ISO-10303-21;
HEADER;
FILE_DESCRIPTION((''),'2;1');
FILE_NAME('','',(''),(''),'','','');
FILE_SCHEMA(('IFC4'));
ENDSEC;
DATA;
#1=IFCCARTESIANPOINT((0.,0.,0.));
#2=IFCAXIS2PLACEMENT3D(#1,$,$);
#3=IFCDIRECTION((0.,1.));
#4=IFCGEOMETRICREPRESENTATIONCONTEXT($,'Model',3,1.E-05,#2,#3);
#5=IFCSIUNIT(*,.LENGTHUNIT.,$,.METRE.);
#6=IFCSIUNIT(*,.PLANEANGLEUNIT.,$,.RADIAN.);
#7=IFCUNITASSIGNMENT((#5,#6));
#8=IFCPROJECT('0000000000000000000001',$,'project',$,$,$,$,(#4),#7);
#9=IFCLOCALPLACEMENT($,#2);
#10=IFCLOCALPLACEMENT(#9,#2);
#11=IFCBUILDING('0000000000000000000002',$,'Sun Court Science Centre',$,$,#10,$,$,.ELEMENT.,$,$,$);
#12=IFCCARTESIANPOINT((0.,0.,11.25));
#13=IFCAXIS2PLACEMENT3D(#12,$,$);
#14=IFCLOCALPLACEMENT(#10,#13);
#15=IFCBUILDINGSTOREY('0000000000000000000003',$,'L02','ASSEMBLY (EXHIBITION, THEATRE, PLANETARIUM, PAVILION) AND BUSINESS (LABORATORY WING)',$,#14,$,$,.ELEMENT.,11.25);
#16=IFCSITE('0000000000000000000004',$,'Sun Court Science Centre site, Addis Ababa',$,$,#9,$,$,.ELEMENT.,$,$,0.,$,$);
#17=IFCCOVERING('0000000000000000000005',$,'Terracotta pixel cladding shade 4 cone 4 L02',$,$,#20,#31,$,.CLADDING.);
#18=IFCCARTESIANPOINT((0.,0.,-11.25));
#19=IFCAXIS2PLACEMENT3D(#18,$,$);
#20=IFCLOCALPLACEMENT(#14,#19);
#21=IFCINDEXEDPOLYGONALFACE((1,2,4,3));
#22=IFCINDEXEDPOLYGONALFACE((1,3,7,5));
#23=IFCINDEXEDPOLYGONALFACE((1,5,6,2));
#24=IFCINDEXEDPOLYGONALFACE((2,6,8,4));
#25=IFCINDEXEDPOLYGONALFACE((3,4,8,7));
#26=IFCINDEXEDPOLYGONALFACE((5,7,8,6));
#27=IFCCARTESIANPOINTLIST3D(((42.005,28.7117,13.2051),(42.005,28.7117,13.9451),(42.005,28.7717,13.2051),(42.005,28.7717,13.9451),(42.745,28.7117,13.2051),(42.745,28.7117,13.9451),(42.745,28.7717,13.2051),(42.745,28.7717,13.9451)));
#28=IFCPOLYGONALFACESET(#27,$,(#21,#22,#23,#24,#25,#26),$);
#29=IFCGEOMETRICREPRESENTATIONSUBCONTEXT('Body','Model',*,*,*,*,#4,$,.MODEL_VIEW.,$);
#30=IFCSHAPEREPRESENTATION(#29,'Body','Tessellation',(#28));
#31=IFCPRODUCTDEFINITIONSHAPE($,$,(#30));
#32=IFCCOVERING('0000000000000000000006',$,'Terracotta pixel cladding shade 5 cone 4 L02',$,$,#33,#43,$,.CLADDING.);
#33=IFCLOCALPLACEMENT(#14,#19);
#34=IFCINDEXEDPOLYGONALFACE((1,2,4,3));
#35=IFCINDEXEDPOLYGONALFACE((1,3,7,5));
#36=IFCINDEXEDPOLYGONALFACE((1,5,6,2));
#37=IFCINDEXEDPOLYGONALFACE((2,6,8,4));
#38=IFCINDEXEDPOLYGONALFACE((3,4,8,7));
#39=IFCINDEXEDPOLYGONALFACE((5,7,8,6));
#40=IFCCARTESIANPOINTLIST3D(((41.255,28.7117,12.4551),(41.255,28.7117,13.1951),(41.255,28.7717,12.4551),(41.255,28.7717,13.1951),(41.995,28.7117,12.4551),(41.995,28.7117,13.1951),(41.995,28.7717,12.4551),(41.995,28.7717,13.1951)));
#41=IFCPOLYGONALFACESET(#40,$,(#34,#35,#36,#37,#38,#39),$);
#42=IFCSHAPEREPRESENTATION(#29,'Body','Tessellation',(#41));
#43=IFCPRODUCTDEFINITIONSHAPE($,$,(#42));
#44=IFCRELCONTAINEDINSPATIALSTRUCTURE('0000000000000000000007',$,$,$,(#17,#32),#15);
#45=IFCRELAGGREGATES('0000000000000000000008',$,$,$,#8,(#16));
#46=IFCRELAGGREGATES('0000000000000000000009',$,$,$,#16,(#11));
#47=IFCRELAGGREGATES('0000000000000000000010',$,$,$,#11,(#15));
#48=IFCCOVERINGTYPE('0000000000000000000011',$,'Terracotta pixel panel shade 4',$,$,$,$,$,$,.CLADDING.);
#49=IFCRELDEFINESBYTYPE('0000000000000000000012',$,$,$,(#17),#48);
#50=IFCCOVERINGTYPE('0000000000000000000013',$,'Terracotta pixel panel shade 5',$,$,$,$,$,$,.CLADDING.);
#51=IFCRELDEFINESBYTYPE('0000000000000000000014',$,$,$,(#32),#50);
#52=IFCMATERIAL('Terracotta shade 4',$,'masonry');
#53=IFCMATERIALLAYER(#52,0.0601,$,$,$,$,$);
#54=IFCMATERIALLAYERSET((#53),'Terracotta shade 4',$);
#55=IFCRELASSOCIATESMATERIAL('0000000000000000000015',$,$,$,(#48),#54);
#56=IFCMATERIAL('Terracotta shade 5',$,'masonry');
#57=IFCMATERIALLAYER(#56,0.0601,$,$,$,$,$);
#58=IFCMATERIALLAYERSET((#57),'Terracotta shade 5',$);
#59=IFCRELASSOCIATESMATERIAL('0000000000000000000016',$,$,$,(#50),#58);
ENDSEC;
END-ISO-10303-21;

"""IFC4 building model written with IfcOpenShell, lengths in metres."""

from ifc_helpers import new_model, si_unit, direction, frame, origin, origin_2d, place, context, subcontext, project, spatial, rectangle, extrude, material, layer, layer_set, type_object, element, save


model = new_model("IFC4")

# Units and contexts
model_context = context("Model", 3, precision=1e-05, world=origin(), true_north=direction((0.0, 1.0)))
body_context = subcontext(model_context, "Body", "Model", "MODEL_VIEW")
ifc_project = project(units=[si_unit("LENGTHUNIT", "METRE"), si_unit("PLANEANGLEUNIT", "RADIAN")], contexts=[model_context])

# Site, building, storey
site_placement = place(None, origin())
site = spatial("IfcSite", under=ifc_project, at=site_placement, Name="Sun Court Science Centre site, Addis Ababa", CompositionType="ELEMENT", RefElevation=0.0)
building_placement = place(site_placement, origin())
building = spatial("IfcBuilding", under=site, at=building_placement, Name="Sun Court Science Centre", CompositionType="ELEMENT")
storey_placement = place(building_placement, frame((0.0, 0.0, 11.25)))
storey = spatial("IfcBuildingStorey", under=building, at=storey_placement, Name="L02", Description="ASSEMBLY (EXHIBITION, THEATRE, PLANETARIUM, PAVILION) AND BUSINESS (LABORATORY WING)", CompositionType="ELEMENT", Elevation=11.25)

# Coverings
ifc_material_1 = material(Name="Terracotta shade 4", Category="masonry")
ifc_layer_1 = layer(ifc_material_1, 0.0601)
ifc_layer_set_1 = layer_set([ifc_layer_1], Name="Terracotta shade 4")
covering_type_1 = type_object("IfcCoveringType", Name="Terracotta pixel panel shade 4", PredefinedType="CLADDING", material=ifc_layer_set_1)
covering_1_placement = place(storey_placement, frame((0.0, 0.0, -11.25)))
element("IfcCovering", 1, at=covering_1_placement, inside=storey, type_object=covering_type_1, Name="Terracotta pixel cladding shade 4 cone 4 L02", PredefinedType="CLADDING", context=body_context, shape_type="SweptSolid", body=[
    extrude(rectangle(XDim=0.74, YDim=0.0601, at=origin_2d()), frame((42.375, 28.7417, 13.2051), z_axis=(0.0, 0.0, 1.0), x_axis=(1.0, 0.0, 0.0)), (0.0, 0.0, 1.0), 0.74),
])
ifc_material_2 = material(Name="Terracotta shade 5", Category="masonry")
ifc_layer_2 = layer(ifc_material_2, 0.0601)
ifc_layer_set_2 = layer_set([ifc_layer_2], Name="Terracotta shade 5")
covering_type_2 = type_object("IfcCoveringType", Name="Terracotta pixel panel shade 5", PredefinedType="CLADDING", material=ifc_layer_set_2)
covering_2_placement = place(storey_placement, frame((0.0, 0.0, -11.25)))
element("IfcCovering", 2, at=covering_2_placement, inside=storey, type_object=covering_type_2, Name="Terracotta pixel cladding shade 5 cone 4 L02", PredefinedType="CLADDING", context=body_context, shape_type="SweptSolid", body=[
    extrude(rectangle(XDim=0.74, YDim=0.0601, at=origin_2d()), frame((41.625, 28.7417, 12.4551), z_axis=(0.0, 0.0, 1.0), x_axis=(1.0, 0.0, 0.0)), (0.0, 0.0, 1.0), 0.74),
])

save(model, "model.ifc")
